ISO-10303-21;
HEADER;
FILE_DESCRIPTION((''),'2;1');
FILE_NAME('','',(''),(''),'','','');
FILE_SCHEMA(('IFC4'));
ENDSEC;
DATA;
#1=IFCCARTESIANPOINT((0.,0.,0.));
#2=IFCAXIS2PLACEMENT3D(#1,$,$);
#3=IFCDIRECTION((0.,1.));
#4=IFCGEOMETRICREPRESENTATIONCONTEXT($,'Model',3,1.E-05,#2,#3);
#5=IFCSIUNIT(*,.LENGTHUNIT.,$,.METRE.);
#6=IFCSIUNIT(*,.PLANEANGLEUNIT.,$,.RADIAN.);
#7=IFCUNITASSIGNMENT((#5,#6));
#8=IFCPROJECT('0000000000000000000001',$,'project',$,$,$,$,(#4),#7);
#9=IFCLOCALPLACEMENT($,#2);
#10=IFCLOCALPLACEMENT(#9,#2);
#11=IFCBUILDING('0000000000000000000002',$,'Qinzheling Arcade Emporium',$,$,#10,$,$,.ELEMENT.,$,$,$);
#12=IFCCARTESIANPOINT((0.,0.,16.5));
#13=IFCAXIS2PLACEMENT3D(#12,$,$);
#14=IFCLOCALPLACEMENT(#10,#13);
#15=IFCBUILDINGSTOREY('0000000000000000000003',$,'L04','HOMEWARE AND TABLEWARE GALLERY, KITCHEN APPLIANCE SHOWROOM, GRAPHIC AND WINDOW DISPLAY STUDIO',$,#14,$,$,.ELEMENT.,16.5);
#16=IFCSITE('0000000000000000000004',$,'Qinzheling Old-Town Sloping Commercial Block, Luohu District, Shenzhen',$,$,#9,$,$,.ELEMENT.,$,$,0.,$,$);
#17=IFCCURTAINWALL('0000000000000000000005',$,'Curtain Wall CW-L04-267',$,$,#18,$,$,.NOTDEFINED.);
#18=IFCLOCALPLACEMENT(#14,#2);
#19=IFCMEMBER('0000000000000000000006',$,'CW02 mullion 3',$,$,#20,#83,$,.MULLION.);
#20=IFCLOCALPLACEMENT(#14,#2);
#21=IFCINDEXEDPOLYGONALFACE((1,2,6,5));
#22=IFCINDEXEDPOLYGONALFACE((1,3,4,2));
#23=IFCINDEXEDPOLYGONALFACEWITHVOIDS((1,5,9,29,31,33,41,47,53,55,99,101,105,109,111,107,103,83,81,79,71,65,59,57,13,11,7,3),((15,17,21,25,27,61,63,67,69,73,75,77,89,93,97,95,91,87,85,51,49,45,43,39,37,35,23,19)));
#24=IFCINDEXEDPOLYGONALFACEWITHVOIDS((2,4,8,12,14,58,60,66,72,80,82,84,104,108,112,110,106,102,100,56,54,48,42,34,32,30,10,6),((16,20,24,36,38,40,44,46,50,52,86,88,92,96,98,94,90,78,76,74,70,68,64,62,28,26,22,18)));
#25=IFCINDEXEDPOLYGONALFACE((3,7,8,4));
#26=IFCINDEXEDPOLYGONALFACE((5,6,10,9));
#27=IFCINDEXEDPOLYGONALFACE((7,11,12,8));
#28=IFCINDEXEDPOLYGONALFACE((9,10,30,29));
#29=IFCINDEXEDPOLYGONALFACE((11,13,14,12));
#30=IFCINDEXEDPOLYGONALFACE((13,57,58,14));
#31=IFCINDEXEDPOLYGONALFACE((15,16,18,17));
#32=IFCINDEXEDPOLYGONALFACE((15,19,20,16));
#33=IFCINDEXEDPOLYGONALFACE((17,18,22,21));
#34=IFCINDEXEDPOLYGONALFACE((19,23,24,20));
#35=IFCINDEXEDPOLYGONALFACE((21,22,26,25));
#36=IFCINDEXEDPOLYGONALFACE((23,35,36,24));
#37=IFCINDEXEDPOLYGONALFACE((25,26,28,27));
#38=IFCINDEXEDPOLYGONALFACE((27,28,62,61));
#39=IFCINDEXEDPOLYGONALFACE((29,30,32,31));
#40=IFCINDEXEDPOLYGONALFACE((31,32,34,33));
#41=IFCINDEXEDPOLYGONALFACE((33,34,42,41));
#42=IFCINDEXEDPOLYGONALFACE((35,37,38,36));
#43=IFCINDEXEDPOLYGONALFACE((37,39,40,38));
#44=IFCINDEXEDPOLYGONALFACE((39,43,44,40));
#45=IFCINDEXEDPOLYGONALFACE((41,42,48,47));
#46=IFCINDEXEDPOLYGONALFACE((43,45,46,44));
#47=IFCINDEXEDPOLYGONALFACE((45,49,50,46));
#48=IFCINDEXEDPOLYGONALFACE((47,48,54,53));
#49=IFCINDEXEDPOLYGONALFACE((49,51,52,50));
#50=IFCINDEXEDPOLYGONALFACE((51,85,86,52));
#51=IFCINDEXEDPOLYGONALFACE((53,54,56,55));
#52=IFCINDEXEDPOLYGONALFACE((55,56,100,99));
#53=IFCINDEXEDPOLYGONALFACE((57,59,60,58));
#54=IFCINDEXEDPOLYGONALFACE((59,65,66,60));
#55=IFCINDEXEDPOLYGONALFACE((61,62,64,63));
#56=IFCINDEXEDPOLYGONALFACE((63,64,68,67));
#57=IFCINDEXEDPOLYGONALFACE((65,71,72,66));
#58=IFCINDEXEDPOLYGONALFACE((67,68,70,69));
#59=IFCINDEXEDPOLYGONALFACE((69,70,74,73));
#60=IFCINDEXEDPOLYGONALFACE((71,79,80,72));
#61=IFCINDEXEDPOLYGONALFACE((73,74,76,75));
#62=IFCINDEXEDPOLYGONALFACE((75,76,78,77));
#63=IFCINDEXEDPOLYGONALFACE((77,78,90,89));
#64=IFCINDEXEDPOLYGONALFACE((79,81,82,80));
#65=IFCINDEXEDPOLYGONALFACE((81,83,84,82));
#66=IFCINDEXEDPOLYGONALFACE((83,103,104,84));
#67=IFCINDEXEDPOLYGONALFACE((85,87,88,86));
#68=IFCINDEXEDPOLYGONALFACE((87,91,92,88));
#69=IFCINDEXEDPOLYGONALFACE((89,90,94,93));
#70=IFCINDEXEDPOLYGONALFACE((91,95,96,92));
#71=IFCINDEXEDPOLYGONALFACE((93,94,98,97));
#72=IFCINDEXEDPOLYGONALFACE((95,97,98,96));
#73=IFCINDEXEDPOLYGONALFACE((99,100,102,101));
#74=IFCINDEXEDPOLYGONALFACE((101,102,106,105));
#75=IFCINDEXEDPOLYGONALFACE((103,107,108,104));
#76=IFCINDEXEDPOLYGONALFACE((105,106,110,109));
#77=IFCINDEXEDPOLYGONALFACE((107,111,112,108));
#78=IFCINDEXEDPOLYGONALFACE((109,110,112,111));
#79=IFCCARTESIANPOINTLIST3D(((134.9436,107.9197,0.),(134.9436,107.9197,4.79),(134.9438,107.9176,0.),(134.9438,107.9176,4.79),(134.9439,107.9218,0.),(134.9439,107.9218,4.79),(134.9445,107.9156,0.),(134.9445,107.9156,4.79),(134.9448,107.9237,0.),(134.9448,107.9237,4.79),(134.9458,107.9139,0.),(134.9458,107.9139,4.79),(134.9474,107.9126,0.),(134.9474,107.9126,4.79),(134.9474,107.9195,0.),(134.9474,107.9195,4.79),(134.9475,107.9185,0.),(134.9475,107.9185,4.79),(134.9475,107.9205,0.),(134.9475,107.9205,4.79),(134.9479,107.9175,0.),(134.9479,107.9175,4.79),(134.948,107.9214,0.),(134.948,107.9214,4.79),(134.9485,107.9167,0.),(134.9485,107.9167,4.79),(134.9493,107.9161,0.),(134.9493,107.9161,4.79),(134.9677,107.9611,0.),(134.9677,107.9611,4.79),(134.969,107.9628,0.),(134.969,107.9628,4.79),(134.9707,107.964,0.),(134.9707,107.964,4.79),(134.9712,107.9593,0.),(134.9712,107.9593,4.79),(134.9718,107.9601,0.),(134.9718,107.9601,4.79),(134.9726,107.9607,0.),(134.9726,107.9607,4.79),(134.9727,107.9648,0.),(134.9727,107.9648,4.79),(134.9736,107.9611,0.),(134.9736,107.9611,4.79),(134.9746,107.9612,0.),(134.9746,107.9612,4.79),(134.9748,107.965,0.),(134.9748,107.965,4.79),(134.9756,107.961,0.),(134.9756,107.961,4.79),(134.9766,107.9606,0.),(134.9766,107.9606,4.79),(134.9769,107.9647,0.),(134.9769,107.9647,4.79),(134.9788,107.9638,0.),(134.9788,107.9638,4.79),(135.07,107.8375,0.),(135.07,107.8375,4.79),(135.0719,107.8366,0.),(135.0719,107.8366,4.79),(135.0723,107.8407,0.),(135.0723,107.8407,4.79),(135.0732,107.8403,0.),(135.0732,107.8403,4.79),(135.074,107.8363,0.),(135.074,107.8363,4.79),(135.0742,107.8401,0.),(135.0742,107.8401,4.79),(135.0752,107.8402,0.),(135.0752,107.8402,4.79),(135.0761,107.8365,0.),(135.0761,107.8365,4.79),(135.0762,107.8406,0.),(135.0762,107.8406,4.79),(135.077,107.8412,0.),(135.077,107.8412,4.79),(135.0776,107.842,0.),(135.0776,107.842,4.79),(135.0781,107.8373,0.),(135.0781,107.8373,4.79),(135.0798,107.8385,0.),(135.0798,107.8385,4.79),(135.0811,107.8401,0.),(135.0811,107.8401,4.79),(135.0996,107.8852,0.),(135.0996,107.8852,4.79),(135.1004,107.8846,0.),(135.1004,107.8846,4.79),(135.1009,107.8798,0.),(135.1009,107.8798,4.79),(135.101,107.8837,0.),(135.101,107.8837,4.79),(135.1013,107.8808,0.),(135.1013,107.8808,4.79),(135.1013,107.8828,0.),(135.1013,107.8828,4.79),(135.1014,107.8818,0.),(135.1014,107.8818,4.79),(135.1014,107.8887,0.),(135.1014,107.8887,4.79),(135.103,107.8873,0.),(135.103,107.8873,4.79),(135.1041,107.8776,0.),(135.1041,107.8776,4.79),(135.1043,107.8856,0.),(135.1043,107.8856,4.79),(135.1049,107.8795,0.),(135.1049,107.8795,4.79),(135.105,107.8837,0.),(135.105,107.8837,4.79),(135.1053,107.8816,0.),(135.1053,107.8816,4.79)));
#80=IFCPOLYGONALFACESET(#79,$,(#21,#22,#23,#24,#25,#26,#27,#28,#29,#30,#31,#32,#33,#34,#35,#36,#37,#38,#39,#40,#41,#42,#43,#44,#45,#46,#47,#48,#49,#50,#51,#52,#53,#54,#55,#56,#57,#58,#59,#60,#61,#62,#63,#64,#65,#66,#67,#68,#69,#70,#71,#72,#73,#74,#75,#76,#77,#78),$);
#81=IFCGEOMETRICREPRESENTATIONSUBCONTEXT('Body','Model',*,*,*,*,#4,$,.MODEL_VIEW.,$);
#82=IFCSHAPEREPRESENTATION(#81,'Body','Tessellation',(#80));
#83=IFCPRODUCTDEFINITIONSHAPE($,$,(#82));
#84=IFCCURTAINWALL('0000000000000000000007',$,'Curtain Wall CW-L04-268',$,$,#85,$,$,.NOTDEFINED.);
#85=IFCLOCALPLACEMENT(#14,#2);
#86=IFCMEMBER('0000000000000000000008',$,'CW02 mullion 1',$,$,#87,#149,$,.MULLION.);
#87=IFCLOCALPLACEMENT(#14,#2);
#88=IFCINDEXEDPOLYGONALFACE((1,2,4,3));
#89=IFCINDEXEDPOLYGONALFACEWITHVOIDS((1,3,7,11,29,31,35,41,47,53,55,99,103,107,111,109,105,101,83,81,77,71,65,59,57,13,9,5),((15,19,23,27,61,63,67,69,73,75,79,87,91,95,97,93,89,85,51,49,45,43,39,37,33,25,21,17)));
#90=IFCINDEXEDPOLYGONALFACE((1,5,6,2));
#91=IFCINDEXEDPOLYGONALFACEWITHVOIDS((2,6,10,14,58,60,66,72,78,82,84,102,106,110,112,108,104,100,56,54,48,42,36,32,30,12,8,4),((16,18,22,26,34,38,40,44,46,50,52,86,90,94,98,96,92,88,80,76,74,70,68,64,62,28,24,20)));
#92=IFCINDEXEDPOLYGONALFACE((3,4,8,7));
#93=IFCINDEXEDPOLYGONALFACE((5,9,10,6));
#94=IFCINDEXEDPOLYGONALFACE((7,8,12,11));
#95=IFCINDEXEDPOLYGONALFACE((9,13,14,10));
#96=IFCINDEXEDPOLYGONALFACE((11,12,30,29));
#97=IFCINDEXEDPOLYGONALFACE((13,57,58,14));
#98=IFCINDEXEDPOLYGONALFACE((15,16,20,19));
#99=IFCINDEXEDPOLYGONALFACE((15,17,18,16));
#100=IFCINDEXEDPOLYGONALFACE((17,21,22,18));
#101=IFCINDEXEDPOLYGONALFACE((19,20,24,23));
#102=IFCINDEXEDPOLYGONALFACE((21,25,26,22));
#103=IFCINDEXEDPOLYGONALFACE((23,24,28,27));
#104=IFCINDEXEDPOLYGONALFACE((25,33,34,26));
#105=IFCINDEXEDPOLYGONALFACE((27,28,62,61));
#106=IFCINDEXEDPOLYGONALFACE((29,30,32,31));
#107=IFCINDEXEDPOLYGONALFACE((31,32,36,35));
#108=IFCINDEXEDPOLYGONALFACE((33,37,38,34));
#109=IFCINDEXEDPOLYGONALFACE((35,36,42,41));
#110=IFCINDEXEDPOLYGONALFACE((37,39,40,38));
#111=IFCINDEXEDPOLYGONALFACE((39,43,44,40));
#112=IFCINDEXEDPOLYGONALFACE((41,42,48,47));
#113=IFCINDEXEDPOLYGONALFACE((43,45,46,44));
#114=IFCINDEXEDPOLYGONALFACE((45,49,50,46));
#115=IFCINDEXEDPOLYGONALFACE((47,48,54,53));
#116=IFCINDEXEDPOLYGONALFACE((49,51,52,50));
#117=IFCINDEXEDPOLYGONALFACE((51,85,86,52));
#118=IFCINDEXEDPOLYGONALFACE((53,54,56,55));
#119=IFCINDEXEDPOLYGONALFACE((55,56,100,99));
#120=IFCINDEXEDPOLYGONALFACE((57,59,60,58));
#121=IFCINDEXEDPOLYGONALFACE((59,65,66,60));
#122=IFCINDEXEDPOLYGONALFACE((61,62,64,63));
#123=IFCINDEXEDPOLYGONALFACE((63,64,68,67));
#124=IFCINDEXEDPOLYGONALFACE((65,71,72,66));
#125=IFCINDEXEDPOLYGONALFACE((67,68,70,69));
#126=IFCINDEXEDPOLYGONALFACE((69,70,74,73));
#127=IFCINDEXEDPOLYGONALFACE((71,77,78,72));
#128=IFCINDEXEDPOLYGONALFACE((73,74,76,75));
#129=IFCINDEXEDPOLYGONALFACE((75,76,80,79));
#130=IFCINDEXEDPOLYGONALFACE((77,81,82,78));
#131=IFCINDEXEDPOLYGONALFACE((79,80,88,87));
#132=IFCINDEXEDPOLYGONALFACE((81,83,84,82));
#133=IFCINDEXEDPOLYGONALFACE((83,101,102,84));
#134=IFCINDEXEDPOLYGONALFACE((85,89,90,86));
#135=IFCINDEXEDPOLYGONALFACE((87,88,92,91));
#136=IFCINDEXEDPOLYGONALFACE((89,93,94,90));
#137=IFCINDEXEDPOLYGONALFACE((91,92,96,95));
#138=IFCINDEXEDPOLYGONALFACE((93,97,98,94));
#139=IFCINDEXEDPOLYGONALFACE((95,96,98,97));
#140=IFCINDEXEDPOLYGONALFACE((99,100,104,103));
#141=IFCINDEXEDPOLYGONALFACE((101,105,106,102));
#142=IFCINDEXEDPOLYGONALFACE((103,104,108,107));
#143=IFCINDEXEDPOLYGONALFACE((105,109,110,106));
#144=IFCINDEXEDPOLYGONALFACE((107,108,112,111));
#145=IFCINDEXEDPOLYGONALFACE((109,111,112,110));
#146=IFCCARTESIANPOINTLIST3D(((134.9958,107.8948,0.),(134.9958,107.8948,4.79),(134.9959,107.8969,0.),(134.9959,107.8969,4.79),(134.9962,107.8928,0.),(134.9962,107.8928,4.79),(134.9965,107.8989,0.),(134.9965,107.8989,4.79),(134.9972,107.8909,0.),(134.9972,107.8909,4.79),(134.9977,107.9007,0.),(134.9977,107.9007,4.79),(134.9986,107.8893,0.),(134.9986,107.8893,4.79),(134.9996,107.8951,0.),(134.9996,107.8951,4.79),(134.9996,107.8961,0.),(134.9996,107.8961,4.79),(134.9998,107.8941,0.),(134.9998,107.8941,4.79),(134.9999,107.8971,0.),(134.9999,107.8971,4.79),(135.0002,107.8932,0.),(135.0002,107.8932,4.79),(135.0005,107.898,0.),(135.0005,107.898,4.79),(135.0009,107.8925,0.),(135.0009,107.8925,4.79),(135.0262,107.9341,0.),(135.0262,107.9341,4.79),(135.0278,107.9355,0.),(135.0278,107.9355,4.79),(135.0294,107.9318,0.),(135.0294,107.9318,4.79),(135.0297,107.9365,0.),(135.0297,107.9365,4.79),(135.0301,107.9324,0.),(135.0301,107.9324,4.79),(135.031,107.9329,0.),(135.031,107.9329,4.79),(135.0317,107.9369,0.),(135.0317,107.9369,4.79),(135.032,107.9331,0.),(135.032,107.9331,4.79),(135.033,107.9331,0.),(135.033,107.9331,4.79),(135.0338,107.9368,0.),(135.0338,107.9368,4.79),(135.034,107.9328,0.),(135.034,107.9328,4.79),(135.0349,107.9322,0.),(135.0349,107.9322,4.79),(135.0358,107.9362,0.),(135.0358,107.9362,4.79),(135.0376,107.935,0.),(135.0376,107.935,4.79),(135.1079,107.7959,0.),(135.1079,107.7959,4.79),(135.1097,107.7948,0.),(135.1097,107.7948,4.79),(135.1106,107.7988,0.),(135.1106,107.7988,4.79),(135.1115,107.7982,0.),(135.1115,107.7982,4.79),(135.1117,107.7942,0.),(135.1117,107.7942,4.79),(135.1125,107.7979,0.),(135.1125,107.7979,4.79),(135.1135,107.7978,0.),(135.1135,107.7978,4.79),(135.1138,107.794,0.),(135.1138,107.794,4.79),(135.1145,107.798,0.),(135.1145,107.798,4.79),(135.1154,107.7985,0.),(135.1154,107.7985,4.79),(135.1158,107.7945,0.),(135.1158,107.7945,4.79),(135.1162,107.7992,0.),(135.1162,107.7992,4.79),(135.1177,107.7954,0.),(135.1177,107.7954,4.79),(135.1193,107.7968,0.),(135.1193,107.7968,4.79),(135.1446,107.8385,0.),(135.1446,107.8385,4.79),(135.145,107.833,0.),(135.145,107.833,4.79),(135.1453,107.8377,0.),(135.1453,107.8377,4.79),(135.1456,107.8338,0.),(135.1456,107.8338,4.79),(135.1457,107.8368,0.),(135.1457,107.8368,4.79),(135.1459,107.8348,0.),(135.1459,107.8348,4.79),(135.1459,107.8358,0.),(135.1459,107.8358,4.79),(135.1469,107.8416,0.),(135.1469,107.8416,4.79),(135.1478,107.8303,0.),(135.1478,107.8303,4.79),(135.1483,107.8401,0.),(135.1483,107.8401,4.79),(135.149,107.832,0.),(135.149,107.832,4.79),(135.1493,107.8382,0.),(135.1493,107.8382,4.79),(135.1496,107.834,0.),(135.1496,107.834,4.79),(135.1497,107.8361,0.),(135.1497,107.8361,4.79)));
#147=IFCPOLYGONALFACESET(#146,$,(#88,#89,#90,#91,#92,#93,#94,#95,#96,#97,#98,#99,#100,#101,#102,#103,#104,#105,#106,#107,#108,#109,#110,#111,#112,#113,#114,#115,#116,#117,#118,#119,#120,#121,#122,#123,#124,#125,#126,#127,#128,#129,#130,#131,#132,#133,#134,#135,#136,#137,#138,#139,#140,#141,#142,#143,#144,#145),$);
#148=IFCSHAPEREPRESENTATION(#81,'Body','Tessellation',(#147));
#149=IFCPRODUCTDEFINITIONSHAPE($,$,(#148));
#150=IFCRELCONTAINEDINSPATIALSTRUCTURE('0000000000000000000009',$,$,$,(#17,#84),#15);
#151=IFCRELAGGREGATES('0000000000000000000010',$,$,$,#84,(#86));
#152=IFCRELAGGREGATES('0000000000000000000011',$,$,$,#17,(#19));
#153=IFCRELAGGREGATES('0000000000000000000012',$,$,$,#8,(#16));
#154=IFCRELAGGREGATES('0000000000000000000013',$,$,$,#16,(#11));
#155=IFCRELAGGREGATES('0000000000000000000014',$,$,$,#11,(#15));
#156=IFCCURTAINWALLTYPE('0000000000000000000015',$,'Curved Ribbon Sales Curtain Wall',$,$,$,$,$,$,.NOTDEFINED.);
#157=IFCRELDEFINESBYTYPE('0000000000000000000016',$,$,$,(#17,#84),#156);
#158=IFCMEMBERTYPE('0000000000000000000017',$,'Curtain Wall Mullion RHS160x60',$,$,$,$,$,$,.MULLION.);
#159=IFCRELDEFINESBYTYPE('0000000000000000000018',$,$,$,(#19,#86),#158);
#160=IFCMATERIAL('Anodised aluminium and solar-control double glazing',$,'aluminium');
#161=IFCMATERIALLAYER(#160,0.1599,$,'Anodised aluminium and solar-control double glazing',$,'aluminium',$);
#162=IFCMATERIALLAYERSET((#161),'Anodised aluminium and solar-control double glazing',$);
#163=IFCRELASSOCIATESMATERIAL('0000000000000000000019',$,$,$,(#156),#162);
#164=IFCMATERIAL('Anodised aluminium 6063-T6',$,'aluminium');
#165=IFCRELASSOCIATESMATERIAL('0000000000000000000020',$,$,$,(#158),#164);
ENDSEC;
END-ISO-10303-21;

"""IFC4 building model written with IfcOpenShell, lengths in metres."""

from ifc_helpers import new_model, si_unit, direction, frame, origin, origin_2d, place, context, subcontext, project, spatial, hollow_rectangle, extrude, material, layer, layer_set, material_profile, profile_set, type_object, element, aggregate, save


model = new_model("IFC4")

# Units and contexts
model_context = context("Model", 3, precision=1e-05, world=origin(), true_north=direction((0.0, 1.0)))
body_context = subcontext(model_context, "Body", "Model", "MODEL_VIEW")
ifc_project = project(units=[si_unit("LENGTHUNIT", "METRE"), si_unit("PLANEANGLEUNIT", "RADIAN")], contexts=[model_context])

# Site, building, storey
site_placement = place(None, origin())
site = spatial("IfcSite", under=ifc_project, at=site_placement, Name="Qinzheling Old-Town Sloping Commercial Block, Luohu District, Shenzhen", CompositionType="ELEMENT", RefElevation=0.0)
building_placement = place(site_placement, origin())
building = spatial("IfcBuilding", under=site, at=building_placement, Name="Qinzheling Arcade Emporium", CompositionType="ELEMENT")
storey_placement = place(building_placement, frame((0.0, 0.0, 16.5)))
storey = spatial("IfcBuildingStorey", under=building, at=storey_placement, Name="L04", Description="HOMEWARE AND TABLEWARE GALLERY, KITCHEN APPLIANCE SHOWROOM, GRAPHIC AND WINDOW DISPLAY STUDIO", CompositionType="ELEMENT", Elevation=16.5)

# Curtain wall, member
ifc_material_1 = material(Name="Anodised aluminium and solar-control double glazing", Category="aluminium")
ifc_layer_1 = layer(ifc_material_1, 0.1599, Name="Anodised aluminium and solar-control double glazing", Category="aluminium")
ifc_layer_set_1 = layer_set([ifc_layer_1], Name="Anodised aluminium and solar-control double glazing")
curtain_wall_type = type_object("IfcCurtainWallType", Name="Curved Ribbon Sales Curtain Wall", PredefinedType="NOTDEFINED", material=ifc_layer_set_1)
ifc_material_2 = material(Name="Anodised aluminium 6063-T6", Category="aluminium")
ifc_material_profile_1 = material_profile(ifc_material_2, hollow_rectangle(XDim=0.0601, YDim=0.1599, WallThickness=0.0039, InnerFilletRadius=0.0039, OuterFilletRadius=0.0081, at=origin_2d()), Name="RHS 160x60x4", Category="aluminium")
ifc_profile_set_1 = profile_set([ifc_material_profile_1], Name="Anodised aluminium 6063-T6")
member_type_1 = type_object("IfcMemberType", Name="Curtain Wall Mullion RHS160x60", PredefinedType="MULLION", material=ifc_profile_set_1)
curtain_wall_1_placement = place(storey_placement, origin())
curtain_wall_1 = element("IfcCurtainWall", 1, at=curtain_wall_1_placement, inside=storey, type_object=curtain_wall_type, Name="Curtain Wall CW-L04-267", PredefinedType="NOTDEFINED")
member_1_placement = place(storey_placement, frame((135.0244, 107.9006, 0.0), z_axis=(0.0, 0.0, 1.0), x_axis=(0.522518, 0.852628, 0.0)))
member_1 = element("IfcMember", 2, at=member_1_placement, type_object=member_type_1, Name="CW02 mullion 3", PredefinedType="MULLION", context=body_context, shape_type="SweptSolid", body=[
    extrude(hollow_rectangle(XDim=0.0601, YDim=0.1599, WallThickness=0.0039, InnerFilletRadius=0.0039, OuterFilletRadius=0.0081, at=origin_2d()), origin(), (0.0, 0.0, 1.0), 4.79),
])

# Curtain wall, member
curtain_wall_2_placement = place(storey_placement, origin())
curtain_wall_2 = element("IfcCurtainWall", 3, at=curtain_wall_2_placement, inside=storey, type_object=curtain_wall_type, Name="Curtain Wall CW-L04-268", PredefinedType="NOTDEFINED")
member_2_placement = place(storey_placement, frame((135.0728, 107.8655, 0.0), z_axis=(0.0, 0.0, 1.0), x_axis=(0.649433, 0.760418, 0.0)))
member_2 = element("IfcMember", 4, at=member_2_placement, type_object=member_type_1, Name="CW02 mullion 1", PredefinedType="MULLION", context=body_context, shape_type="SweptSolid", body=[
    extrude(hollow_rectangle(XDim=0.0601, YDim=0.1599, WallThickness=0.0039, InnerFilletRadius=0.0039, OuterFilletRadius=0.0081, at=origin_2d()), origin(), (0.0, 0.0, 1.0), 4.79),
])

aggregate(curtain_wall_2, [member_2])

aggregate(curtain_wall_1, [member_1])

save(model, "model.ifc")
